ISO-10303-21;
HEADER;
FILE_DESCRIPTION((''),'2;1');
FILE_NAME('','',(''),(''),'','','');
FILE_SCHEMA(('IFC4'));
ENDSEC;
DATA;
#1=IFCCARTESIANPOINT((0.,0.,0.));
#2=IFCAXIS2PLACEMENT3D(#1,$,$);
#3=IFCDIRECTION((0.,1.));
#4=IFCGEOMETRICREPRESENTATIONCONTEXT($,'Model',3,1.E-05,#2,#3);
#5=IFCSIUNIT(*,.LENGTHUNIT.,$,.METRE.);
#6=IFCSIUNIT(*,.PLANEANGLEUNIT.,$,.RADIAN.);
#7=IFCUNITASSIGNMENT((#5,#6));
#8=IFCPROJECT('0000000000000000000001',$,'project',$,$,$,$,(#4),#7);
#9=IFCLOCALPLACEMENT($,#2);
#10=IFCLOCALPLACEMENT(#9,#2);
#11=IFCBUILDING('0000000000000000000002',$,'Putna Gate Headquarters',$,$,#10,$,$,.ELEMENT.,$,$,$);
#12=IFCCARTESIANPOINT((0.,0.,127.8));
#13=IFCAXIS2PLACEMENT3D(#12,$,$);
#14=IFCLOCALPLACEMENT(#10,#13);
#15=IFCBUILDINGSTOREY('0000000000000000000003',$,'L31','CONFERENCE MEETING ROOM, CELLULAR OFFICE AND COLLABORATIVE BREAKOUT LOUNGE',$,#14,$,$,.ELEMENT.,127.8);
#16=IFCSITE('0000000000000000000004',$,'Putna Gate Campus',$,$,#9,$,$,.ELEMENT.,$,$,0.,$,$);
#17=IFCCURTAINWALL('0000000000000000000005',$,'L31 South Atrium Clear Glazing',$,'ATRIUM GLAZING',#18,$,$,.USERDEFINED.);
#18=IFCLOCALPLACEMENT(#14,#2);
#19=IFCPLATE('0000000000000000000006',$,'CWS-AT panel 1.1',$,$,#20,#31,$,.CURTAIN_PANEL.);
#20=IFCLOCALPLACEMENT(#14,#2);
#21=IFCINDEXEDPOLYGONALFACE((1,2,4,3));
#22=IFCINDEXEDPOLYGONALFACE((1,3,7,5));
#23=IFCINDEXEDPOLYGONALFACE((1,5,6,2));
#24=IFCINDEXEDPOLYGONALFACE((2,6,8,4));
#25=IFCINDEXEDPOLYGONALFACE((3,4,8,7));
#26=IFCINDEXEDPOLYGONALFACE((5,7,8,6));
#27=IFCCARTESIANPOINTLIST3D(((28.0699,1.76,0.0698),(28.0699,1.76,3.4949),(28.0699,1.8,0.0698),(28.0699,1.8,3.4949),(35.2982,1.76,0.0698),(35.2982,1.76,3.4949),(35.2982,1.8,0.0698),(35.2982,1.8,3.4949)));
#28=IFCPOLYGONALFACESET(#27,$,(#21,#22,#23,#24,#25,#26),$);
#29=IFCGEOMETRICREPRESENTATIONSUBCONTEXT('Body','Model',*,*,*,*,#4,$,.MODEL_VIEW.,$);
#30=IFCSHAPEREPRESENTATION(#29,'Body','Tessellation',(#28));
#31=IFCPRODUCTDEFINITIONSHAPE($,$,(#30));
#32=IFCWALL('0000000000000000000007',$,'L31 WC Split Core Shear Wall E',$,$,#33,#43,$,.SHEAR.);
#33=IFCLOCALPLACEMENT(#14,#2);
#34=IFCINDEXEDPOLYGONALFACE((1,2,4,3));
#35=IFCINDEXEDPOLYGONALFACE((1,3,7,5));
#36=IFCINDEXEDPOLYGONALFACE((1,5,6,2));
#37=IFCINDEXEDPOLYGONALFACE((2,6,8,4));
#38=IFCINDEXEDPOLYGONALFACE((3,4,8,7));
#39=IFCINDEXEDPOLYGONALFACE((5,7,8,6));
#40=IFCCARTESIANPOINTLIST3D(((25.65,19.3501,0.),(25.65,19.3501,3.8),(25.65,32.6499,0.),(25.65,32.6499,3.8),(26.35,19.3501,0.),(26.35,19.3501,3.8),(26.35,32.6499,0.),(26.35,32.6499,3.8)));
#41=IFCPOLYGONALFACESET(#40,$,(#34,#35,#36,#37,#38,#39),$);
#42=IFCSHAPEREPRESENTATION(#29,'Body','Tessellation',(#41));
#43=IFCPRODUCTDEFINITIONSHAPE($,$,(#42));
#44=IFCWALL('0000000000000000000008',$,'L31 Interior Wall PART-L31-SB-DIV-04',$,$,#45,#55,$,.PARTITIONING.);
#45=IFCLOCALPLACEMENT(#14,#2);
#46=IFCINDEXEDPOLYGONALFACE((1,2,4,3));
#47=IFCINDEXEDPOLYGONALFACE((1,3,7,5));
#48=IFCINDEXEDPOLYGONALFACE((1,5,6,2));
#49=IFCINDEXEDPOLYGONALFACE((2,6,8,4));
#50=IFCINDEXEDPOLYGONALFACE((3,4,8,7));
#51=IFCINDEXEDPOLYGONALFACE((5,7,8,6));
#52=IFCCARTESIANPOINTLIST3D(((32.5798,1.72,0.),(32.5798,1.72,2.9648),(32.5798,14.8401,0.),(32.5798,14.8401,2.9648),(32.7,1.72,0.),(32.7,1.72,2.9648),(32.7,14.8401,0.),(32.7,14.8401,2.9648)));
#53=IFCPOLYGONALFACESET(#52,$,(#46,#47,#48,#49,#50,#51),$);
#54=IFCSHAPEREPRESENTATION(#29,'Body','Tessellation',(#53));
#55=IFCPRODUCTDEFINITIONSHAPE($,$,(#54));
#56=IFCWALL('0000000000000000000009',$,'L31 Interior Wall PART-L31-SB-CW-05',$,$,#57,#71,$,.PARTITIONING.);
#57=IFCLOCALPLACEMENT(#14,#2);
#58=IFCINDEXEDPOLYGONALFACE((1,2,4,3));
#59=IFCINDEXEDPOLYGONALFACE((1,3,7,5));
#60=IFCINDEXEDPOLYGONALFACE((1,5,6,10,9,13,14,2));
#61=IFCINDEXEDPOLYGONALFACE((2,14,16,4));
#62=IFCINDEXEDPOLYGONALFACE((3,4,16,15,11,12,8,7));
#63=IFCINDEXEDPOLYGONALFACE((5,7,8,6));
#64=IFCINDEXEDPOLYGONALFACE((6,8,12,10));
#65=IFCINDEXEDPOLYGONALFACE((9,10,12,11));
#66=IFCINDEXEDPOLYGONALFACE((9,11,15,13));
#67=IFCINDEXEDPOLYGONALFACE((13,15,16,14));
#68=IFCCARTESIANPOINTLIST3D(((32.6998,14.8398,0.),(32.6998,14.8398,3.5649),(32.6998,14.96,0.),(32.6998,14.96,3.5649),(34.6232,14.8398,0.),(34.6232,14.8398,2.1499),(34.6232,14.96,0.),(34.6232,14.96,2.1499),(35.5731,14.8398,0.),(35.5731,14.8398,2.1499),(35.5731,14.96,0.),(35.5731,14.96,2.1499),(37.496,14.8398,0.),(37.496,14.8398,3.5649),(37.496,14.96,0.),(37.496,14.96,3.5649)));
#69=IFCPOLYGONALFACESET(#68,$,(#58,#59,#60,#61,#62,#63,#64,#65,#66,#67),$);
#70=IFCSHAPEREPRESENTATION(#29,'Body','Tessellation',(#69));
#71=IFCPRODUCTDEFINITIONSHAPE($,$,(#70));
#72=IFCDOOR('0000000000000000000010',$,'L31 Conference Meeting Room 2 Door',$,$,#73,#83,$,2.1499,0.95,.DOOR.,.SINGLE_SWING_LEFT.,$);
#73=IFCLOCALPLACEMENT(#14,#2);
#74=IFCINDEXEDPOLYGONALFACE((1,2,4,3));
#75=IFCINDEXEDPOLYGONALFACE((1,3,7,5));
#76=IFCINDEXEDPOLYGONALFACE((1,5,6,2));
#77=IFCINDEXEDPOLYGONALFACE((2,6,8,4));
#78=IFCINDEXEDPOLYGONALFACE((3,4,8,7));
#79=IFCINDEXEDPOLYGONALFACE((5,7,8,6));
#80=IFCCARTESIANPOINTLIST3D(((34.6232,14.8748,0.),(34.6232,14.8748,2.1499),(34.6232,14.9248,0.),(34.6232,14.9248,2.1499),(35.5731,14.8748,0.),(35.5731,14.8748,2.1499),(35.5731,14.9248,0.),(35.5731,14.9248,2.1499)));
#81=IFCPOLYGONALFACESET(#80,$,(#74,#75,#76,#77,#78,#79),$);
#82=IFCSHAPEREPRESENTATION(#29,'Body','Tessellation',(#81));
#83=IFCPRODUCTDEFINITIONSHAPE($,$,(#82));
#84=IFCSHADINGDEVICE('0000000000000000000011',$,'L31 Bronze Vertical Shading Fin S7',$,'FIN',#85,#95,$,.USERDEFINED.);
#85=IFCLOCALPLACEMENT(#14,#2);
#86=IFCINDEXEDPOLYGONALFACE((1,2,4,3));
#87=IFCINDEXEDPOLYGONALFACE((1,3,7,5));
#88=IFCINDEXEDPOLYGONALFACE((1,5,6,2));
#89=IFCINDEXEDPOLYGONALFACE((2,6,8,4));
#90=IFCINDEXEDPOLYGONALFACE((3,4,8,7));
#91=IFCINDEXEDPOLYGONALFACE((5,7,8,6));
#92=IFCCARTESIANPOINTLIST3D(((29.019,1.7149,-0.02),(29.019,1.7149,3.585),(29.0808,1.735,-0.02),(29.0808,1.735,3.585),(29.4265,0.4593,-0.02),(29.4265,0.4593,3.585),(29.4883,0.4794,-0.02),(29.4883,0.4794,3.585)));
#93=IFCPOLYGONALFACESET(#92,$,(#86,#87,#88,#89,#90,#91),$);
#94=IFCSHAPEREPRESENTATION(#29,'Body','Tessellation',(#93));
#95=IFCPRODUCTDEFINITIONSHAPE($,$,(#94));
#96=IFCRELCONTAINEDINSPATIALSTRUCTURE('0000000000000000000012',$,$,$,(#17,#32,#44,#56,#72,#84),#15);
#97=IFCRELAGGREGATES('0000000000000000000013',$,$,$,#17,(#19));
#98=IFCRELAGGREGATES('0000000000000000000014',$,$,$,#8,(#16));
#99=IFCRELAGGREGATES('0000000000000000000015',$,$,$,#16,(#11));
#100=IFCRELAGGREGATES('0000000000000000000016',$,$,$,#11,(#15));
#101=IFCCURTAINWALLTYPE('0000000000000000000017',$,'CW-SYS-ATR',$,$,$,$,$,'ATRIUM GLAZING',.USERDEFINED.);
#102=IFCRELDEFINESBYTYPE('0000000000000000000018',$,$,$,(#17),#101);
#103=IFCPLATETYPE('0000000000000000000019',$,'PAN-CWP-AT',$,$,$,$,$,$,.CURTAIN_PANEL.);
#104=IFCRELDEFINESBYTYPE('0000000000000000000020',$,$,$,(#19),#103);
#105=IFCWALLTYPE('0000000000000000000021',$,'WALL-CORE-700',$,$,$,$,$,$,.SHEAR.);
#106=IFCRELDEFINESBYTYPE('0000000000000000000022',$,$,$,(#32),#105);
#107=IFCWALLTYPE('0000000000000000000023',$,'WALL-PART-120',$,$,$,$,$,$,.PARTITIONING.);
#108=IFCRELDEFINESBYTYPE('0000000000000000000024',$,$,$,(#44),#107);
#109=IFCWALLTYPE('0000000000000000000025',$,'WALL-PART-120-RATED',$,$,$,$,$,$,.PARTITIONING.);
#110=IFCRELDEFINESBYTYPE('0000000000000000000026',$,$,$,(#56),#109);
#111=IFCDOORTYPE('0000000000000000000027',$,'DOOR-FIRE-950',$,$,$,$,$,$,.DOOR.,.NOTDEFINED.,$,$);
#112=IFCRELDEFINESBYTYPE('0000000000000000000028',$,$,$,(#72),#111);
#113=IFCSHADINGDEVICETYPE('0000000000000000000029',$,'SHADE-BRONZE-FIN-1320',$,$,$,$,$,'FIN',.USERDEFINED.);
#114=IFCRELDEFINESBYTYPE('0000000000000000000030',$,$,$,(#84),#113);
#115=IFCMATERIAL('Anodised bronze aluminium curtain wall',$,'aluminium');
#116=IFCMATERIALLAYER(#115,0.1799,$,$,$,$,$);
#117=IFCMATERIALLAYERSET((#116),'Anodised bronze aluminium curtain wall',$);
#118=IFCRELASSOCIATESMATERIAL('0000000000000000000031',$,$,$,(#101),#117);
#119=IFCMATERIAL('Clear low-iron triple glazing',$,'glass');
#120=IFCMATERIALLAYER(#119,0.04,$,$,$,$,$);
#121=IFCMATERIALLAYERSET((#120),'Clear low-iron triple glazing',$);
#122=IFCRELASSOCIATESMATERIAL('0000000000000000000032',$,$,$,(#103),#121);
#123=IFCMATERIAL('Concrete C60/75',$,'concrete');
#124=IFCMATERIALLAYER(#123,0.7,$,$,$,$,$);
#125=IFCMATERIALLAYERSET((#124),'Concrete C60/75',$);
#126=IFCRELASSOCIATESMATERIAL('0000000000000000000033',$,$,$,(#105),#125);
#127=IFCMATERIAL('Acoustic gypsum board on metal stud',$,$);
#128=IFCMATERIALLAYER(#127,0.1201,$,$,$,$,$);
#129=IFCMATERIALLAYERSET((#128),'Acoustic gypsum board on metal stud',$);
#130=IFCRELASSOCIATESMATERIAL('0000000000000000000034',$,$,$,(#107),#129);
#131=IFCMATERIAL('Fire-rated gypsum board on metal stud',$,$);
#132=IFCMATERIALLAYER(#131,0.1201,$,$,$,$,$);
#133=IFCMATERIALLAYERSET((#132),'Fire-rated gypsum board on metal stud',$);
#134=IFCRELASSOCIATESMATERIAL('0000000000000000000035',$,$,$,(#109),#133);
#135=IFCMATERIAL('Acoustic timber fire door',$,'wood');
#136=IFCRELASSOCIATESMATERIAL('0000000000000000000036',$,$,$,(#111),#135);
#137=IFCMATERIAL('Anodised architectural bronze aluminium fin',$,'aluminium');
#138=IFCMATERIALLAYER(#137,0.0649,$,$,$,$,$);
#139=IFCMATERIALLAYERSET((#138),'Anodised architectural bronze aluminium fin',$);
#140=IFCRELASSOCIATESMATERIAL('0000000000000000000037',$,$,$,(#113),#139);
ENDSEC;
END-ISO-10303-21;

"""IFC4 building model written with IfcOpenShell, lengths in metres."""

from ifc_helpers import new_model, si_unit, direction, frame, frame_2d, origin, origin_2d, place, context, subcontext, project, spatial, rectangle, extrude, material, layer, layer_set, type_object, element, fill, aggregate, save


model = new_model("IFC4")

# Units and contexts
model_context = context("Model", 3, precision=1e-05, world=origin(), true_north=direction((0.0, 1.0)))
body_context = subcontext(model_context, "Body", "Model", "MODEL_VIEW")
ifc_project = project(units=[si_unit("LENGTHUNIT", "METRE"), si_unit("PLANEANGLEUNIT", "RADIAN")], contexts=[model_context])

# Site, building, storey
site_placement = place(None, origin())
site = spatial("IfcSite", under=ifc_project, at=site_placement, Name="Putna Gate Campus", CompositionType="ELEMENT", RefElevation=0.0)
building_placement = place(site_placement, origin())
building = spatial("IfcBuilding", under=site, at=building_placement, Name="Putna Gate Headquarters", CompositionType="ELEMENT")
storey_placement = place(building_placement, frame((0.0, 0.0, 127.8)))
storey = spatial("IfcBuildingStorey", under=building, at=storey_placement, Name="L31", Description="CONFERENCE MEETING ROOM, CELLULAR OFFICE AND COLLABORATIVE BREAKOUT LOUNGE", CompositionType="ELEMENT", Elevation=127.8)

# Shared definitions
ifc_material_1 = material(Name="Concrete C60/75", Category="concrete")

# Shared definitions
ifc_material_2 = material(Name="Anodised bronze aluminium curtain wall", Category="aluminium")

# Curtain wall, plate
ifc_layer_1 = layer(ifc_material_2, 0.1799)
ifc_layer_set_1 = layer_set([ifc_layer_1], Name="Anodised bronze aluminium curtain wall")
curtain_wall_type_1 = type_object("IfcCurtainWallType", Name="CW-SYS-ATR", ElementType="ATRIUM GLAZING", PredefinedType="USERDEFINED", material=ifc_layer_set_1)
curtain_wall_1_placement = place(storey_placement, origin())
curtain_wall_1 = element("IfcCurtainWall", 1, at=curtain_wall_1_placement, inside=storey, type_object=curtain_wall_type_1, Name="L31 South Atrium Clear Glazing", ObjectType="ATRIUM GLAZING", PredefinedType="USERDEFINED")
ifc_material_3 = material(Name="Clear low-iron triple glazing", Category="glass")
ifc_layer_2 = layer(ifc_material_3, 0.04)
ifc_layer_set_2 = layer_set([ifc_layer_2], Name="Clear low-iron triple glazing")
plate_type = type_object("IfcPlateType", Name="PAN-CWP-AT", PredefinedType="CURTAIN_PANEL", material=ifc_layer_set_2)
plate_placement = place(storey_placement, frame((31.6841, 1.78, 0.0698), z_axis=(0.0, 0.0, 1.0), x_axis=(1.0, 0.0, 0.0)))
plate = element("IfcPlate", 2, at=plate_placement, type_object=plate_type, Name="CWS-AT panel 1.1", PredefinedType="CURTAIN_PANEL", context=body_context, shape_type="SweptSolid", body=[
    extrude(rectangle(XDim=7.2283, YDim=0.04, at=origin_2d()), origin(), (0.0, 0.0, 1.0), 3.425),
])
aggregate(curtain_wall_1, [plate])

# Walls
ifc_layer_3 = layer(ifc_material_1, 0.7)
ifc_layer_set_3 = layer_set([ifc_layer_3], Name="Concrete C60/75")
wall_type_1 = type_object("IfcWallType", Name="WALL-CORE-700", PredefinedType="SHEAR", material=ifc_layer_set_3)
wall_1_placement = place(storey_placement, frame((26.0, 19.3501, 0.0), z_axis=(0.0, 0.0, 1.0), x_axis=(0.0, 1.0, 0.0)))
element("IfcWall", 3, at=wall_1_placement, inside=storey, type_object=wall_type_1, Name="L31 WC Split Core Shear Wall E", PredefinedType="SHEAR", context=body_context, shape_type="SweptSolid", body=[
    extrude(rectangle(XDim=13.2998, YDim=0.7, at=frame_2d((6.6499, 0.0))), origin(), (0.0, 0.0, 1.0), 3.8),
])
ifc_material_4 = material(Name="Acoustic gypsum board on metal stud")
ifc_layer_4 = layer(ifc_material_4, 0.1201)
ifc_layer_set_4 = layer_set([ifc_layer_4], Name="Acoustic gypsum board on metal stud")
wall_type_2 = type_object("IfcWallType", Name="WALL-PART-120", PredefinedType="PARTITIONING", material=ifc_layer_set_4)
wall_2_placement = place(storey_placement, frame((32.6399, 1.72, 0.0), z_axis=(0.0, 0.0, 1.0), x_axis=(0.0, 1.0, 0.0)))
element("IfcWall", 4, at=wall_2_placement, inside=storey, type_object=wall_type_2, Name="L31 Interior Wall PART-L31-SB-DIV-04", PredefinedType="PARTITIONING", context=body_context, shape_type="SweptSolid", body=[
    extrude(rectangle(XDim=13.1201, YDim=0.1201, at=frame_2d((6.5601, 0.0))), origin(), (0.0, 0.0, 1.0), 2.9648),
])

# Wall, opening, door
ifc_material_5 = material(Name="Fire-rated gypsum board on metal stud")
ifc_layer_5 = layer(ifc_material_5, 0.1201)
ifc_layer_set_5 = layer_set([ifc_layer_5], Name="Fire-rated gypsum board on metal stud")
wall_type_3 = type_object("IfcWallType", Name="WALL-PART-120-RATED", PredefinedType="PARTITIONING", material=ifc_layer_set_5)
wall_3_placement = place(storey_placement, frame((32.7, 14.8999, 0.0), z_axis=(0.0, 0.0, 1.0), x_axis=(1.0, 0.0, 0.0)))
wall_3 = element("IfcWall", 5, at=wall_3_placement, inside=storey, type_object=wall_type_3, Name="L31 Interior Wall PART-L31-SB-CW-05", PredefinedType="PARTITIONING", context=body_context, shape_type="SweptSolid", body=[
    extrude(rectangle(XDim=4.7961, YDim=0.1201, at=frame_2d((2.3979, 0.0))), origin(), (0.0, 0.0, 1.0), 3.5649),
])
opening_placement = place(wall_3_placement, frame((1.9231, 0.0, 0.0)))
opening = element("IfcOpeningElement", 6, at=opening_placement, cuts=wall_3, PredefinedType="OPENING", context=body_context, shape_type="SweptSolid", body=[
    extrude(rectangle(XDim=0.95, YDim=2.1499, at=frame_2d((0.4751, 1.075))), frame((0.0, 0.0701, 0.0), z_axis=(0.0, -1.0, 0.0), x_axis=(1.0, 0.0, 0.0)), (0.0, 0.0, 1.0), 0.1401),
])
ifc_material_6 = material(Name="Acoustic timber fire door", Category="wood")
door_type = type_object("IfcDoorType", Name="DOOR-FIRE-950", OperationType="NOTDEFINED", PredefinedType="DOOR", material=ifc_material_6)
door_placement = place(opening_placement, origin())
door = element("IfcDoor", 7, at=door_placement, inside=storey, type_object=door_type, Name="L31 Conference Meeting Room 2 Door", OperationType="SINGLE_SWING_LEFT", OverallHeight=2.1499, OverallWidth=0.95, PredefinedType="DOOR", context=body_context, shape_type="SweptSolid", body=[
    extrude(rectangle(XDim=0.95, YDim=2.1499, at=frame_2d((0.4751, 1.075))), frame((0.0, 0.0249, 0.0), z_axis=(0.0, -1.0, 0.0), x_axis=(1.0, 0.0, 0.0)), (0.0, 0.0, 1.0), 0.05),
])
fill(opening, door)

# Shading device
ifc_material_7 = material(Name="Anodised architectural bronze aluminium fin", Category="aluminium")
ifc_layer_6 = layer(ifc_material_7, 0.0649)
ifc_layer_set_6 = layer_set([ifc_layer_6], Name="Anodised architectural bronze aluminium fin")
shading_device_type = type_object("IfcShadingDeviceType", Name="SHADE-BRONZE-FIN-1320", ElementType="FIN", PredefinedType="USERDEFINED", material=ifc_layer_set_6)
shading_device_placement = place(storey_placement, frame((29.2537, 1.0972, -0.02), z_axis=(0.0, 0.0, 1.0), x_axis=(0.308685, -0.951164, 0.0)))
element("IfcShadingDevice", 8, at=shading_device_placement, inside=storey, type_object=shading_device_type, Name="L31 Bronze Vertical Shading Fin S7", ObjectType="FIN", PredefinedType="USERDEFINED", context=body_context, shape_type="SweptSolid", body=[
    extrude(rectangle(XDim=1.3201, YDim=0.0649, at=origin_2d()), origin(), (0.0, 0.0, 1.0), 3.605),
])

save(model, "model.ifc")
